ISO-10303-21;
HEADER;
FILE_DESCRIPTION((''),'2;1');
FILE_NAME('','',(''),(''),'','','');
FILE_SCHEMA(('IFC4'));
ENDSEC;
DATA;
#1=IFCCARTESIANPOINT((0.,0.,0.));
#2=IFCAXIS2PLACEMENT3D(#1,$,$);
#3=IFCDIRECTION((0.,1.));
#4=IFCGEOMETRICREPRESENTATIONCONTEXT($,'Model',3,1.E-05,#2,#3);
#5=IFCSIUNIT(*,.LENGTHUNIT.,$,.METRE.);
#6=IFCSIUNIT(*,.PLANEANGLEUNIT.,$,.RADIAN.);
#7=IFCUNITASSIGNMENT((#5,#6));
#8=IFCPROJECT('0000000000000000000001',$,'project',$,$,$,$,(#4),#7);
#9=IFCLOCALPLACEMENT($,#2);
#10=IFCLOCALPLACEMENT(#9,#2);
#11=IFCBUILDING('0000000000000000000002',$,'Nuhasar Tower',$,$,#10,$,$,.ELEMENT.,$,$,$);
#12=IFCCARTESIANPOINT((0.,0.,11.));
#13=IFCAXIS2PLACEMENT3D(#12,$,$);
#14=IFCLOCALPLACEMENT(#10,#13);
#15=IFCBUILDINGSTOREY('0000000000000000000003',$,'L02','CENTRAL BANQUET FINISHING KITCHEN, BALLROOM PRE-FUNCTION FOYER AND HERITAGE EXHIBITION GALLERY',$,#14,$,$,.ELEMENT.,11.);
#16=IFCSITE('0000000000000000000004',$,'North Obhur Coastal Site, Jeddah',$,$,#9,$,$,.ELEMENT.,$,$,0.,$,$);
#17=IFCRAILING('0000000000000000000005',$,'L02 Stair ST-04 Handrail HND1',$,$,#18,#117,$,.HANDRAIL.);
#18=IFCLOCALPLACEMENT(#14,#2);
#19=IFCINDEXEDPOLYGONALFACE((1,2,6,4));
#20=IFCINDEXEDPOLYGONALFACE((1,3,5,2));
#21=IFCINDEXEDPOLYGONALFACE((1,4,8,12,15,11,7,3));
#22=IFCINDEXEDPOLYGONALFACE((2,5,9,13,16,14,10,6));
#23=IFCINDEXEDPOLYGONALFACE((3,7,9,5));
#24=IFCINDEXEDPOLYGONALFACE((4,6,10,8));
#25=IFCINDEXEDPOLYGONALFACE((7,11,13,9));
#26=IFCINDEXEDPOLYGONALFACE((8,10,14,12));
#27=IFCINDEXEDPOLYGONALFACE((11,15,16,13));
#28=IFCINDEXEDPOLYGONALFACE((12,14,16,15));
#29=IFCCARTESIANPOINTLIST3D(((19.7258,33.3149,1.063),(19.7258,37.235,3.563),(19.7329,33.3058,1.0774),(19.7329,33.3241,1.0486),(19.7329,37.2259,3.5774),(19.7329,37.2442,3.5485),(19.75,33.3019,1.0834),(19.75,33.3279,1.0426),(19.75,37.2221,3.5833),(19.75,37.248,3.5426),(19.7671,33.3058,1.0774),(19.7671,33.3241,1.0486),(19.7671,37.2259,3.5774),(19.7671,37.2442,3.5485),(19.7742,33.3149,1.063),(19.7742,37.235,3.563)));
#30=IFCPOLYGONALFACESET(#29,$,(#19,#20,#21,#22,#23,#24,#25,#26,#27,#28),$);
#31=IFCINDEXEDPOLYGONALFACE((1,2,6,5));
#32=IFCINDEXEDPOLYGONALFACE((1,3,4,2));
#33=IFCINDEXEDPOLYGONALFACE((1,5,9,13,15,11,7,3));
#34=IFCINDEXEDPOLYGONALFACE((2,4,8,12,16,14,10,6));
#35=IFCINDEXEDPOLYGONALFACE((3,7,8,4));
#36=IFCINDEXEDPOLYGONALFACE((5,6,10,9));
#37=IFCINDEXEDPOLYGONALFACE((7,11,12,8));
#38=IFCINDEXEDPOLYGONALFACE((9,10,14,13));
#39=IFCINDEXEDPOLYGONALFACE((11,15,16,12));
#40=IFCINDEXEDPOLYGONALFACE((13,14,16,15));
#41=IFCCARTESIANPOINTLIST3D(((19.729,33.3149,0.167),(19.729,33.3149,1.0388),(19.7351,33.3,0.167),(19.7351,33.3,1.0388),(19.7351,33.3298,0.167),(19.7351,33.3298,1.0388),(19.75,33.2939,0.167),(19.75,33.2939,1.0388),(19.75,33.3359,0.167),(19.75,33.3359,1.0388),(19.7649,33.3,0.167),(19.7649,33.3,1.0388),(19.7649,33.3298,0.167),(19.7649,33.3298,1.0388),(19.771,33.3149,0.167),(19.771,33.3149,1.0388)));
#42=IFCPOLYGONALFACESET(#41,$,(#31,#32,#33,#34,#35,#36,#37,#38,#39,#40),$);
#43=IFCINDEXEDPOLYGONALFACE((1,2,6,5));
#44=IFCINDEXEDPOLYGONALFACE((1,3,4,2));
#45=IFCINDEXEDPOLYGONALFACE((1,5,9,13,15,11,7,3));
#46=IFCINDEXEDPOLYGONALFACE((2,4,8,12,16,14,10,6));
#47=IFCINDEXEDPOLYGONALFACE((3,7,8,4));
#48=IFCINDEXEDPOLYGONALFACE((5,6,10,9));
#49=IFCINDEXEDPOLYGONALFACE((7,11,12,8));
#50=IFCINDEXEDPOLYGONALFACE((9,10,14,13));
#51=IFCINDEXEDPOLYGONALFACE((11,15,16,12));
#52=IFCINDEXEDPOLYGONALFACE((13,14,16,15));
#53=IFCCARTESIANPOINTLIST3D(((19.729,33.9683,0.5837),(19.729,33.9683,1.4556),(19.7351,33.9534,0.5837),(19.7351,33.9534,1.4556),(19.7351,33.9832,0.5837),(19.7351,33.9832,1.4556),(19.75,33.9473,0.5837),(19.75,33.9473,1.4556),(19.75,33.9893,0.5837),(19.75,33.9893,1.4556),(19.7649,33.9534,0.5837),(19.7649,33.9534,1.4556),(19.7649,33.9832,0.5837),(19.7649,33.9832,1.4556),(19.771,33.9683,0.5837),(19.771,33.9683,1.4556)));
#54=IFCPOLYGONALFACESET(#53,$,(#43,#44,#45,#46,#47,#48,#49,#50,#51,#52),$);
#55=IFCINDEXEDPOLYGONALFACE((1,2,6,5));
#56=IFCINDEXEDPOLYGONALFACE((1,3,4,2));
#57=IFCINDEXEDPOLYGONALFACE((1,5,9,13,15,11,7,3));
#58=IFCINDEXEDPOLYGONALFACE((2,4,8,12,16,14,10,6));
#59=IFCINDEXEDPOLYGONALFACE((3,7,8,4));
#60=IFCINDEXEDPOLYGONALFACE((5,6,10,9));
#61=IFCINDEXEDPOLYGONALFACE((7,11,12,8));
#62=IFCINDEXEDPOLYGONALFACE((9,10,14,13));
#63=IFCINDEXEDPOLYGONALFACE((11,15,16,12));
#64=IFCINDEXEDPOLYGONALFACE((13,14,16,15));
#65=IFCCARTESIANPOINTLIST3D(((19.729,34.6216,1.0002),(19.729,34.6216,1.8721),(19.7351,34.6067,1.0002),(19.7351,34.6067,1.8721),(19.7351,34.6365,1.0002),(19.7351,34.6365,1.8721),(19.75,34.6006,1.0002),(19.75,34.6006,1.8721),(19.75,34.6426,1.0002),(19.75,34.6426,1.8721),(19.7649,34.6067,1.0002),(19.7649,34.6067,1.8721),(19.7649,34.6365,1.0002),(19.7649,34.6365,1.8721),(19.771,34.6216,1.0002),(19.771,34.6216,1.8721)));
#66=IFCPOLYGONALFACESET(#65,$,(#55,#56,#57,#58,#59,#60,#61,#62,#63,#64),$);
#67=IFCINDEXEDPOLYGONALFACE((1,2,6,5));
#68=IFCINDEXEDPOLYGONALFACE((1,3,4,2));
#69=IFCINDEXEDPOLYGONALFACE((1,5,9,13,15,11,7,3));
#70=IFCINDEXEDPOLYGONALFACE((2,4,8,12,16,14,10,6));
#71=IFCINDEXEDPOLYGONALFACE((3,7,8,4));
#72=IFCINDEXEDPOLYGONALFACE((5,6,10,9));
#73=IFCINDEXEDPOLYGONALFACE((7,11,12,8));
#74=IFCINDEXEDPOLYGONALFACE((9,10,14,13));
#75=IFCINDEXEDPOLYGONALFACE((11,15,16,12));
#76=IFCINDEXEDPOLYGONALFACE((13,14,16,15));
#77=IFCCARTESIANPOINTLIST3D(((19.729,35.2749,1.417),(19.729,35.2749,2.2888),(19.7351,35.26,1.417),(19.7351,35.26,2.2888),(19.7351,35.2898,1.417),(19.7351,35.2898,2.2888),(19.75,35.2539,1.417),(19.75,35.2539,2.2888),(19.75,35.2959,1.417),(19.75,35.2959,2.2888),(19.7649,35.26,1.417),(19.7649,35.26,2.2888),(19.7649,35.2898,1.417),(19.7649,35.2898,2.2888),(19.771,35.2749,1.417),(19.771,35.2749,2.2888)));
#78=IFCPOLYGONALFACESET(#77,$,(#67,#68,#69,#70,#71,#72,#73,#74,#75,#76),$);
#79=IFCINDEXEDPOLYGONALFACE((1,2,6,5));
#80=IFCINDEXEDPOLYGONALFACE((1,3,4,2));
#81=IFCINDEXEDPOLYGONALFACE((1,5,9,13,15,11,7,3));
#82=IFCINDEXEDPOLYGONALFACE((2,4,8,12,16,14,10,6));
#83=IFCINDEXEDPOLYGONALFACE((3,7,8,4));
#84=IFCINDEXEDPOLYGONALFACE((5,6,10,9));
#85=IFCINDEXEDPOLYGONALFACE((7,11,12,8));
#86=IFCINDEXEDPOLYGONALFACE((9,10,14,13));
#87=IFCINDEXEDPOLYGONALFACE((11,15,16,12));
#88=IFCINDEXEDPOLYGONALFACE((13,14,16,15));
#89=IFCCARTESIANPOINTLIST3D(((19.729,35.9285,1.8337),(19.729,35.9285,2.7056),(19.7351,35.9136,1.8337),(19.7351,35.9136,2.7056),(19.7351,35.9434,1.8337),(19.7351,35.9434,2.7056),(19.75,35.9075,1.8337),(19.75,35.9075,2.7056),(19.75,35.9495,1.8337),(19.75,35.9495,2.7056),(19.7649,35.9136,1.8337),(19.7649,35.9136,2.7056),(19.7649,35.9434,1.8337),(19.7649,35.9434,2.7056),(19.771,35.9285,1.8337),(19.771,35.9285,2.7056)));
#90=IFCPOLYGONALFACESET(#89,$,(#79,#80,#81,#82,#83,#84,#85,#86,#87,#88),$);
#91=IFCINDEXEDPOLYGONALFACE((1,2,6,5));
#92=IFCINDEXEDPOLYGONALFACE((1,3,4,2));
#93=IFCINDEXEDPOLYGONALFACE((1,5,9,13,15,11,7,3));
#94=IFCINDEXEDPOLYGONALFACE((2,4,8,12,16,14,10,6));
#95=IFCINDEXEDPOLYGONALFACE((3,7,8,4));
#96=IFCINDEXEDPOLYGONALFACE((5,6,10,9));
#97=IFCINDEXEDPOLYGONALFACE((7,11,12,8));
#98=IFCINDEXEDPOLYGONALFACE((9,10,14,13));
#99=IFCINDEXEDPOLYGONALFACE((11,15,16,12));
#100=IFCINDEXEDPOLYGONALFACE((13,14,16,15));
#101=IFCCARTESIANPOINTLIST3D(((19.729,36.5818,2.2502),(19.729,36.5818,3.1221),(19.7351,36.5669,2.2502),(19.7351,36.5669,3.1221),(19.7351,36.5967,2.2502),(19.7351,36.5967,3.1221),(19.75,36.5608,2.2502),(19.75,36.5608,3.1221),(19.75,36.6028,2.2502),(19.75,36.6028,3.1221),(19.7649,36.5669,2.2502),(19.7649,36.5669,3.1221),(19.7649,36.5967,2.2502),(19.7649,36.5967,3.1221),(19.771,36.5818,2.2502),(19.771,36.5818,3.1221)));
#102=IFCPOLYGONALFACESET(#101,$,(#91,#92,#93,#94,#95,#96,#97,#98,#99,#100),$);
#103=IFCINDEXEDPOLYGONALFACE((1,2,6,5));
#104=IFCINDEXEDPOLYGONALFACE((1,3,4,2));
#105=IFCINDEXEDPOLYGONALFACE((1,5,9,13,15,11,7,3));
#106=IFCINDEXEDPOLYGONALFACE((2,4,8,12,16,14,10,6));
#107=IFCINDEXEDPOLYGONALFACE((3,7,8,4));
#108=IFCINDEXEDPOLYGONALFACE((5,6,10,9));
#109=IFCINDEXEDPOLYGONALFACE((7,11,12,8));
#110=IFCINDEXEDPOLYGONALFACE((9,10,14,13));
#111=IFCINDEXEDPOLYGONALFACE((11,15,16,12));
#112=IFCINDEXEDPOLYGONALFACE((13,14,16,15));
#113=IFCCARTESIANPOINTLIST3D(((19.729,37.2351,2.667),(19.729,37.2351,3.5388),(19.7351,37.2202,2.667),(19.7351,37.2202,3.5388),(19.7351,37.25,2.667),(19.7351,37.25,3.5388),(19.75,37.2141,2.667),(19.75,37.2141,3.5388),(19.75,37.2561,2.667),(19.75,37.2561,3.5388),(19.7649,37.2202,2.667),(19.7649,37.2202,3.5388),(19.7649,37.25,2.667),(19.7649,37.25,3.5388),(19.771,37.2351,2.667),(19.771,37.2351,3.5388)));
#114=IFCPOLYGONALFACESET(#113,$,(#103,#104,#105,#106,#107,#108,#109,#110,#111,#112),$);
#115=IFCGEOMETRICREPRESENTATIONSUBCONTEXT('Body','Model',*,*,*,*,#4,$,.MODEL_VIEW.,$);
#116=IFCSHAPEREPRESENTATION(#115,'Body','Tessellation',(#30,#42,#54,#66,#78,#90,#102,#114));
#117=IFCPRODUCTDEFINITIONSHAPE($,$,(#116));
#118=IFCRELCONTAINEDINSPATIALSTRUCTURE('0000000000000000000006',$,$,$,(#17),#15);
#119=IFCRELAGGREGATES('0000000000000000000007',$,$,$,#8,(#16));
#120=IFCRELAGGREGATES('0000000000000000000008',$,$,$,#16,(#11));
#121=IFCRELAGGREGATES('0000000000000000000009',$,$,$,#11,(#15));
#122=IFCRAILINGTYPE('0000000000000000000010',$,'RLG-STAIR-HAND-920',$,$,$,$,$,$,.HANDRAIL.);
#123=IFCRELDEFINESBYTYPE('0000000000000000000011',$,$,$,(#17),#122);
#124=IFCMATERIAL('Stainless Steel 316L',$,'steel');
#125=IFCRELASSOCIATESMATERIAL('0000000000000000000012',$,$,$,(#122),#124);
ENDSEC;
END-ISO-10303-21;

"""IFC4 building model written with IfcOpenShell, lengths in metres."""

from ifc_helpers import new_model, si_unit, direction, frame, origin, place, context, subcontext, project, spatial, polyline, outline, extrude, material, type_object, element, save


model = new_model("IFC4")

# Units and contexts
model_context = context("Model", 3, precision=1e-05, world=origin(), true_north=direction((0.0, 1.0)))
body_context = subcontext(model_context, "Body", "Model", "MODEL_VIEW")
ifc_project = project(units=[si_unit("LENGTHUNIT", "METRE"), si_unit("PLANEANGLEUNIT", "RADIAN")], contexts=[model_context])

# Site, building, storey
site_placement = place(None, origin())
site = spatial("IfcSite", under=ifc_project, at=site_placement, Name="North Obhur Coastal Site, Jeddah", CompositionType="ELEMENT", RefElevation=0.0)
building_placement = place(site_placement, origin())
building = spatial("IfcBuilding", under=site, at=building_placement, Name="Nuhasar Tower", CompositionType="ELEMENT")
storey_placement = place(building_placement, frame((0.0, 0.0, 11.0)))
storey = spatial("IfcBuildingStorey", under=building, at=storey_placement, Name="L02", Description="CENTRAL BANQUET FINISHING KITCHEN, BALLROOM PRE-FUNCTION FOYER AND HERITAGE EXHIBITION GALLERY", CompositionType="ELEMENT", Elevation=11.0)

# Railing
ifc_material_1 = material(Name="Stainless Steel 316L", Category="steel")
railing_type = type_object("IfcRailingType", Name="RLG-STAIR-HAND-920", PredefinedType="HANDRAIL", material=ifc_material_1)
railing_placement = place(storey_placement, frame((19.75, 33.3149, 0.167)))
element("IfcRailing", 1, at=railing_placement, inside=storey, type_object=railing_type, Name="L02 Stair ST-04 Handrail HND1", PredefinedType="HANDRAIL", context=body_context, shape_type="SweptSolid", body=[
    extrude(outline(polyline([(0.0242, 0.0), (0.0171, 0.0171), (0.0, 0.0242), (-0.0171, 0.0171), (-0.0242, 0.0), (-0.0171, -0.0171), (0.0, -0.0242), (0.0171, -0.0171), (0.0242, 0.0)])), frame((0.0, 0.0, 0.896), z_axis=(0.0, 0.84314, 0.537694), x_axis=(-1.0, 0.0, 0.0)), (0.0, 0.0, 1.0), 4.6494),
    extrude(outline(polyline([(0.021, 0.0), (0.0149, 0.0149), (0.0, 0.021), (-0.0149, 0.0149), (-0.021, 0.0), (-0.0149, -0.0149), (0.0, -0.021), (0.0149, -0.0149), (0.021, 0.0)])), origin(), (0.0, 0.0, 1.0), 0.8718),
    extrude(outline(polyline([(0.021, 0.0), (0.0149, 0.0149), (0.0, 0.021), (-0.0149, 0.0149), (-0.021, 0.0), (-0.0149, -0.0149), (0.0, -0.021), (0.0149, -0.0149), (0.021, 0.0)])), frame((0.0, 0.6533, 0.4167)), (0.0, 0.0, 1.0), 0.8718),
    extrude(outline(polyline([(0.021, 0.0), (0.0149, 0.0149), (0.0, 0.021), (-0.0149, 0.0149), (-0.021, 0.0), (-0.0149, -0.0149), (0.0, -0.021), (0.0149, -0.0149), (0.021, 0.0)])), frame((0.0, 1.3066, 0.8333)), (0.0, 0.0, 1.0), 0.8718),
    extrude(outline(polyline([(0.021, 0.0), (0.0149, 0.0149), (0.0, 0.021), (-0.0149, 0.0149), (-0.021, 0.0), (-0.0149, -0.0149), (0.0, -0.021), (0.0149, -0.0149), (0.021, 0.0)])), frame((0.0, 1.96, 1.25)), (0.0, 0.0, 1.0), 0.8718),
    extrude(outline(polyline([(0.021, 0.0), (0.0149, 0.0149), (0.0, 0.021), (-0.0149, 0.0149), (-0.021, 0.0), (-0.0149, -0.0149), (0.0, -0.021), (0.0149, -0.0149), (0.021, 0.0)])), frame((0.0, 2.6135, 1.6667)), (0.0, 0.0, 1.0), 0.8718),
    extrude(outline(polyline([(0.021, 0.0), (0.0149, 0.0149), (0.0, 0.021), (-0.0149, 0.0149), (-0.021, 0.0), (-0.0149, -0.0149), (0.0, -0.021), (0.0149, -0.0149), (0.021, 0.0)])), frame((0.0, 3.2668, 2.0833)), (0.0, 0.0, 1.0), 0.8718),
    extrude(outline(polyline([(0.021, 0.0), (0.0149, 0.0149), (0.0, 0.021), (-0.0149, 0.0149), (-0.021, 0.0), (-0.0149, -0.0149), (0.0, -0.021), (0.0149, -0.0149), (0.021, 0.0)])), frame((0.0, 3.9202, 2.5)), (0.0, 0.0, 1.0), 0.8718),
])

save(model, "model.ifc")
